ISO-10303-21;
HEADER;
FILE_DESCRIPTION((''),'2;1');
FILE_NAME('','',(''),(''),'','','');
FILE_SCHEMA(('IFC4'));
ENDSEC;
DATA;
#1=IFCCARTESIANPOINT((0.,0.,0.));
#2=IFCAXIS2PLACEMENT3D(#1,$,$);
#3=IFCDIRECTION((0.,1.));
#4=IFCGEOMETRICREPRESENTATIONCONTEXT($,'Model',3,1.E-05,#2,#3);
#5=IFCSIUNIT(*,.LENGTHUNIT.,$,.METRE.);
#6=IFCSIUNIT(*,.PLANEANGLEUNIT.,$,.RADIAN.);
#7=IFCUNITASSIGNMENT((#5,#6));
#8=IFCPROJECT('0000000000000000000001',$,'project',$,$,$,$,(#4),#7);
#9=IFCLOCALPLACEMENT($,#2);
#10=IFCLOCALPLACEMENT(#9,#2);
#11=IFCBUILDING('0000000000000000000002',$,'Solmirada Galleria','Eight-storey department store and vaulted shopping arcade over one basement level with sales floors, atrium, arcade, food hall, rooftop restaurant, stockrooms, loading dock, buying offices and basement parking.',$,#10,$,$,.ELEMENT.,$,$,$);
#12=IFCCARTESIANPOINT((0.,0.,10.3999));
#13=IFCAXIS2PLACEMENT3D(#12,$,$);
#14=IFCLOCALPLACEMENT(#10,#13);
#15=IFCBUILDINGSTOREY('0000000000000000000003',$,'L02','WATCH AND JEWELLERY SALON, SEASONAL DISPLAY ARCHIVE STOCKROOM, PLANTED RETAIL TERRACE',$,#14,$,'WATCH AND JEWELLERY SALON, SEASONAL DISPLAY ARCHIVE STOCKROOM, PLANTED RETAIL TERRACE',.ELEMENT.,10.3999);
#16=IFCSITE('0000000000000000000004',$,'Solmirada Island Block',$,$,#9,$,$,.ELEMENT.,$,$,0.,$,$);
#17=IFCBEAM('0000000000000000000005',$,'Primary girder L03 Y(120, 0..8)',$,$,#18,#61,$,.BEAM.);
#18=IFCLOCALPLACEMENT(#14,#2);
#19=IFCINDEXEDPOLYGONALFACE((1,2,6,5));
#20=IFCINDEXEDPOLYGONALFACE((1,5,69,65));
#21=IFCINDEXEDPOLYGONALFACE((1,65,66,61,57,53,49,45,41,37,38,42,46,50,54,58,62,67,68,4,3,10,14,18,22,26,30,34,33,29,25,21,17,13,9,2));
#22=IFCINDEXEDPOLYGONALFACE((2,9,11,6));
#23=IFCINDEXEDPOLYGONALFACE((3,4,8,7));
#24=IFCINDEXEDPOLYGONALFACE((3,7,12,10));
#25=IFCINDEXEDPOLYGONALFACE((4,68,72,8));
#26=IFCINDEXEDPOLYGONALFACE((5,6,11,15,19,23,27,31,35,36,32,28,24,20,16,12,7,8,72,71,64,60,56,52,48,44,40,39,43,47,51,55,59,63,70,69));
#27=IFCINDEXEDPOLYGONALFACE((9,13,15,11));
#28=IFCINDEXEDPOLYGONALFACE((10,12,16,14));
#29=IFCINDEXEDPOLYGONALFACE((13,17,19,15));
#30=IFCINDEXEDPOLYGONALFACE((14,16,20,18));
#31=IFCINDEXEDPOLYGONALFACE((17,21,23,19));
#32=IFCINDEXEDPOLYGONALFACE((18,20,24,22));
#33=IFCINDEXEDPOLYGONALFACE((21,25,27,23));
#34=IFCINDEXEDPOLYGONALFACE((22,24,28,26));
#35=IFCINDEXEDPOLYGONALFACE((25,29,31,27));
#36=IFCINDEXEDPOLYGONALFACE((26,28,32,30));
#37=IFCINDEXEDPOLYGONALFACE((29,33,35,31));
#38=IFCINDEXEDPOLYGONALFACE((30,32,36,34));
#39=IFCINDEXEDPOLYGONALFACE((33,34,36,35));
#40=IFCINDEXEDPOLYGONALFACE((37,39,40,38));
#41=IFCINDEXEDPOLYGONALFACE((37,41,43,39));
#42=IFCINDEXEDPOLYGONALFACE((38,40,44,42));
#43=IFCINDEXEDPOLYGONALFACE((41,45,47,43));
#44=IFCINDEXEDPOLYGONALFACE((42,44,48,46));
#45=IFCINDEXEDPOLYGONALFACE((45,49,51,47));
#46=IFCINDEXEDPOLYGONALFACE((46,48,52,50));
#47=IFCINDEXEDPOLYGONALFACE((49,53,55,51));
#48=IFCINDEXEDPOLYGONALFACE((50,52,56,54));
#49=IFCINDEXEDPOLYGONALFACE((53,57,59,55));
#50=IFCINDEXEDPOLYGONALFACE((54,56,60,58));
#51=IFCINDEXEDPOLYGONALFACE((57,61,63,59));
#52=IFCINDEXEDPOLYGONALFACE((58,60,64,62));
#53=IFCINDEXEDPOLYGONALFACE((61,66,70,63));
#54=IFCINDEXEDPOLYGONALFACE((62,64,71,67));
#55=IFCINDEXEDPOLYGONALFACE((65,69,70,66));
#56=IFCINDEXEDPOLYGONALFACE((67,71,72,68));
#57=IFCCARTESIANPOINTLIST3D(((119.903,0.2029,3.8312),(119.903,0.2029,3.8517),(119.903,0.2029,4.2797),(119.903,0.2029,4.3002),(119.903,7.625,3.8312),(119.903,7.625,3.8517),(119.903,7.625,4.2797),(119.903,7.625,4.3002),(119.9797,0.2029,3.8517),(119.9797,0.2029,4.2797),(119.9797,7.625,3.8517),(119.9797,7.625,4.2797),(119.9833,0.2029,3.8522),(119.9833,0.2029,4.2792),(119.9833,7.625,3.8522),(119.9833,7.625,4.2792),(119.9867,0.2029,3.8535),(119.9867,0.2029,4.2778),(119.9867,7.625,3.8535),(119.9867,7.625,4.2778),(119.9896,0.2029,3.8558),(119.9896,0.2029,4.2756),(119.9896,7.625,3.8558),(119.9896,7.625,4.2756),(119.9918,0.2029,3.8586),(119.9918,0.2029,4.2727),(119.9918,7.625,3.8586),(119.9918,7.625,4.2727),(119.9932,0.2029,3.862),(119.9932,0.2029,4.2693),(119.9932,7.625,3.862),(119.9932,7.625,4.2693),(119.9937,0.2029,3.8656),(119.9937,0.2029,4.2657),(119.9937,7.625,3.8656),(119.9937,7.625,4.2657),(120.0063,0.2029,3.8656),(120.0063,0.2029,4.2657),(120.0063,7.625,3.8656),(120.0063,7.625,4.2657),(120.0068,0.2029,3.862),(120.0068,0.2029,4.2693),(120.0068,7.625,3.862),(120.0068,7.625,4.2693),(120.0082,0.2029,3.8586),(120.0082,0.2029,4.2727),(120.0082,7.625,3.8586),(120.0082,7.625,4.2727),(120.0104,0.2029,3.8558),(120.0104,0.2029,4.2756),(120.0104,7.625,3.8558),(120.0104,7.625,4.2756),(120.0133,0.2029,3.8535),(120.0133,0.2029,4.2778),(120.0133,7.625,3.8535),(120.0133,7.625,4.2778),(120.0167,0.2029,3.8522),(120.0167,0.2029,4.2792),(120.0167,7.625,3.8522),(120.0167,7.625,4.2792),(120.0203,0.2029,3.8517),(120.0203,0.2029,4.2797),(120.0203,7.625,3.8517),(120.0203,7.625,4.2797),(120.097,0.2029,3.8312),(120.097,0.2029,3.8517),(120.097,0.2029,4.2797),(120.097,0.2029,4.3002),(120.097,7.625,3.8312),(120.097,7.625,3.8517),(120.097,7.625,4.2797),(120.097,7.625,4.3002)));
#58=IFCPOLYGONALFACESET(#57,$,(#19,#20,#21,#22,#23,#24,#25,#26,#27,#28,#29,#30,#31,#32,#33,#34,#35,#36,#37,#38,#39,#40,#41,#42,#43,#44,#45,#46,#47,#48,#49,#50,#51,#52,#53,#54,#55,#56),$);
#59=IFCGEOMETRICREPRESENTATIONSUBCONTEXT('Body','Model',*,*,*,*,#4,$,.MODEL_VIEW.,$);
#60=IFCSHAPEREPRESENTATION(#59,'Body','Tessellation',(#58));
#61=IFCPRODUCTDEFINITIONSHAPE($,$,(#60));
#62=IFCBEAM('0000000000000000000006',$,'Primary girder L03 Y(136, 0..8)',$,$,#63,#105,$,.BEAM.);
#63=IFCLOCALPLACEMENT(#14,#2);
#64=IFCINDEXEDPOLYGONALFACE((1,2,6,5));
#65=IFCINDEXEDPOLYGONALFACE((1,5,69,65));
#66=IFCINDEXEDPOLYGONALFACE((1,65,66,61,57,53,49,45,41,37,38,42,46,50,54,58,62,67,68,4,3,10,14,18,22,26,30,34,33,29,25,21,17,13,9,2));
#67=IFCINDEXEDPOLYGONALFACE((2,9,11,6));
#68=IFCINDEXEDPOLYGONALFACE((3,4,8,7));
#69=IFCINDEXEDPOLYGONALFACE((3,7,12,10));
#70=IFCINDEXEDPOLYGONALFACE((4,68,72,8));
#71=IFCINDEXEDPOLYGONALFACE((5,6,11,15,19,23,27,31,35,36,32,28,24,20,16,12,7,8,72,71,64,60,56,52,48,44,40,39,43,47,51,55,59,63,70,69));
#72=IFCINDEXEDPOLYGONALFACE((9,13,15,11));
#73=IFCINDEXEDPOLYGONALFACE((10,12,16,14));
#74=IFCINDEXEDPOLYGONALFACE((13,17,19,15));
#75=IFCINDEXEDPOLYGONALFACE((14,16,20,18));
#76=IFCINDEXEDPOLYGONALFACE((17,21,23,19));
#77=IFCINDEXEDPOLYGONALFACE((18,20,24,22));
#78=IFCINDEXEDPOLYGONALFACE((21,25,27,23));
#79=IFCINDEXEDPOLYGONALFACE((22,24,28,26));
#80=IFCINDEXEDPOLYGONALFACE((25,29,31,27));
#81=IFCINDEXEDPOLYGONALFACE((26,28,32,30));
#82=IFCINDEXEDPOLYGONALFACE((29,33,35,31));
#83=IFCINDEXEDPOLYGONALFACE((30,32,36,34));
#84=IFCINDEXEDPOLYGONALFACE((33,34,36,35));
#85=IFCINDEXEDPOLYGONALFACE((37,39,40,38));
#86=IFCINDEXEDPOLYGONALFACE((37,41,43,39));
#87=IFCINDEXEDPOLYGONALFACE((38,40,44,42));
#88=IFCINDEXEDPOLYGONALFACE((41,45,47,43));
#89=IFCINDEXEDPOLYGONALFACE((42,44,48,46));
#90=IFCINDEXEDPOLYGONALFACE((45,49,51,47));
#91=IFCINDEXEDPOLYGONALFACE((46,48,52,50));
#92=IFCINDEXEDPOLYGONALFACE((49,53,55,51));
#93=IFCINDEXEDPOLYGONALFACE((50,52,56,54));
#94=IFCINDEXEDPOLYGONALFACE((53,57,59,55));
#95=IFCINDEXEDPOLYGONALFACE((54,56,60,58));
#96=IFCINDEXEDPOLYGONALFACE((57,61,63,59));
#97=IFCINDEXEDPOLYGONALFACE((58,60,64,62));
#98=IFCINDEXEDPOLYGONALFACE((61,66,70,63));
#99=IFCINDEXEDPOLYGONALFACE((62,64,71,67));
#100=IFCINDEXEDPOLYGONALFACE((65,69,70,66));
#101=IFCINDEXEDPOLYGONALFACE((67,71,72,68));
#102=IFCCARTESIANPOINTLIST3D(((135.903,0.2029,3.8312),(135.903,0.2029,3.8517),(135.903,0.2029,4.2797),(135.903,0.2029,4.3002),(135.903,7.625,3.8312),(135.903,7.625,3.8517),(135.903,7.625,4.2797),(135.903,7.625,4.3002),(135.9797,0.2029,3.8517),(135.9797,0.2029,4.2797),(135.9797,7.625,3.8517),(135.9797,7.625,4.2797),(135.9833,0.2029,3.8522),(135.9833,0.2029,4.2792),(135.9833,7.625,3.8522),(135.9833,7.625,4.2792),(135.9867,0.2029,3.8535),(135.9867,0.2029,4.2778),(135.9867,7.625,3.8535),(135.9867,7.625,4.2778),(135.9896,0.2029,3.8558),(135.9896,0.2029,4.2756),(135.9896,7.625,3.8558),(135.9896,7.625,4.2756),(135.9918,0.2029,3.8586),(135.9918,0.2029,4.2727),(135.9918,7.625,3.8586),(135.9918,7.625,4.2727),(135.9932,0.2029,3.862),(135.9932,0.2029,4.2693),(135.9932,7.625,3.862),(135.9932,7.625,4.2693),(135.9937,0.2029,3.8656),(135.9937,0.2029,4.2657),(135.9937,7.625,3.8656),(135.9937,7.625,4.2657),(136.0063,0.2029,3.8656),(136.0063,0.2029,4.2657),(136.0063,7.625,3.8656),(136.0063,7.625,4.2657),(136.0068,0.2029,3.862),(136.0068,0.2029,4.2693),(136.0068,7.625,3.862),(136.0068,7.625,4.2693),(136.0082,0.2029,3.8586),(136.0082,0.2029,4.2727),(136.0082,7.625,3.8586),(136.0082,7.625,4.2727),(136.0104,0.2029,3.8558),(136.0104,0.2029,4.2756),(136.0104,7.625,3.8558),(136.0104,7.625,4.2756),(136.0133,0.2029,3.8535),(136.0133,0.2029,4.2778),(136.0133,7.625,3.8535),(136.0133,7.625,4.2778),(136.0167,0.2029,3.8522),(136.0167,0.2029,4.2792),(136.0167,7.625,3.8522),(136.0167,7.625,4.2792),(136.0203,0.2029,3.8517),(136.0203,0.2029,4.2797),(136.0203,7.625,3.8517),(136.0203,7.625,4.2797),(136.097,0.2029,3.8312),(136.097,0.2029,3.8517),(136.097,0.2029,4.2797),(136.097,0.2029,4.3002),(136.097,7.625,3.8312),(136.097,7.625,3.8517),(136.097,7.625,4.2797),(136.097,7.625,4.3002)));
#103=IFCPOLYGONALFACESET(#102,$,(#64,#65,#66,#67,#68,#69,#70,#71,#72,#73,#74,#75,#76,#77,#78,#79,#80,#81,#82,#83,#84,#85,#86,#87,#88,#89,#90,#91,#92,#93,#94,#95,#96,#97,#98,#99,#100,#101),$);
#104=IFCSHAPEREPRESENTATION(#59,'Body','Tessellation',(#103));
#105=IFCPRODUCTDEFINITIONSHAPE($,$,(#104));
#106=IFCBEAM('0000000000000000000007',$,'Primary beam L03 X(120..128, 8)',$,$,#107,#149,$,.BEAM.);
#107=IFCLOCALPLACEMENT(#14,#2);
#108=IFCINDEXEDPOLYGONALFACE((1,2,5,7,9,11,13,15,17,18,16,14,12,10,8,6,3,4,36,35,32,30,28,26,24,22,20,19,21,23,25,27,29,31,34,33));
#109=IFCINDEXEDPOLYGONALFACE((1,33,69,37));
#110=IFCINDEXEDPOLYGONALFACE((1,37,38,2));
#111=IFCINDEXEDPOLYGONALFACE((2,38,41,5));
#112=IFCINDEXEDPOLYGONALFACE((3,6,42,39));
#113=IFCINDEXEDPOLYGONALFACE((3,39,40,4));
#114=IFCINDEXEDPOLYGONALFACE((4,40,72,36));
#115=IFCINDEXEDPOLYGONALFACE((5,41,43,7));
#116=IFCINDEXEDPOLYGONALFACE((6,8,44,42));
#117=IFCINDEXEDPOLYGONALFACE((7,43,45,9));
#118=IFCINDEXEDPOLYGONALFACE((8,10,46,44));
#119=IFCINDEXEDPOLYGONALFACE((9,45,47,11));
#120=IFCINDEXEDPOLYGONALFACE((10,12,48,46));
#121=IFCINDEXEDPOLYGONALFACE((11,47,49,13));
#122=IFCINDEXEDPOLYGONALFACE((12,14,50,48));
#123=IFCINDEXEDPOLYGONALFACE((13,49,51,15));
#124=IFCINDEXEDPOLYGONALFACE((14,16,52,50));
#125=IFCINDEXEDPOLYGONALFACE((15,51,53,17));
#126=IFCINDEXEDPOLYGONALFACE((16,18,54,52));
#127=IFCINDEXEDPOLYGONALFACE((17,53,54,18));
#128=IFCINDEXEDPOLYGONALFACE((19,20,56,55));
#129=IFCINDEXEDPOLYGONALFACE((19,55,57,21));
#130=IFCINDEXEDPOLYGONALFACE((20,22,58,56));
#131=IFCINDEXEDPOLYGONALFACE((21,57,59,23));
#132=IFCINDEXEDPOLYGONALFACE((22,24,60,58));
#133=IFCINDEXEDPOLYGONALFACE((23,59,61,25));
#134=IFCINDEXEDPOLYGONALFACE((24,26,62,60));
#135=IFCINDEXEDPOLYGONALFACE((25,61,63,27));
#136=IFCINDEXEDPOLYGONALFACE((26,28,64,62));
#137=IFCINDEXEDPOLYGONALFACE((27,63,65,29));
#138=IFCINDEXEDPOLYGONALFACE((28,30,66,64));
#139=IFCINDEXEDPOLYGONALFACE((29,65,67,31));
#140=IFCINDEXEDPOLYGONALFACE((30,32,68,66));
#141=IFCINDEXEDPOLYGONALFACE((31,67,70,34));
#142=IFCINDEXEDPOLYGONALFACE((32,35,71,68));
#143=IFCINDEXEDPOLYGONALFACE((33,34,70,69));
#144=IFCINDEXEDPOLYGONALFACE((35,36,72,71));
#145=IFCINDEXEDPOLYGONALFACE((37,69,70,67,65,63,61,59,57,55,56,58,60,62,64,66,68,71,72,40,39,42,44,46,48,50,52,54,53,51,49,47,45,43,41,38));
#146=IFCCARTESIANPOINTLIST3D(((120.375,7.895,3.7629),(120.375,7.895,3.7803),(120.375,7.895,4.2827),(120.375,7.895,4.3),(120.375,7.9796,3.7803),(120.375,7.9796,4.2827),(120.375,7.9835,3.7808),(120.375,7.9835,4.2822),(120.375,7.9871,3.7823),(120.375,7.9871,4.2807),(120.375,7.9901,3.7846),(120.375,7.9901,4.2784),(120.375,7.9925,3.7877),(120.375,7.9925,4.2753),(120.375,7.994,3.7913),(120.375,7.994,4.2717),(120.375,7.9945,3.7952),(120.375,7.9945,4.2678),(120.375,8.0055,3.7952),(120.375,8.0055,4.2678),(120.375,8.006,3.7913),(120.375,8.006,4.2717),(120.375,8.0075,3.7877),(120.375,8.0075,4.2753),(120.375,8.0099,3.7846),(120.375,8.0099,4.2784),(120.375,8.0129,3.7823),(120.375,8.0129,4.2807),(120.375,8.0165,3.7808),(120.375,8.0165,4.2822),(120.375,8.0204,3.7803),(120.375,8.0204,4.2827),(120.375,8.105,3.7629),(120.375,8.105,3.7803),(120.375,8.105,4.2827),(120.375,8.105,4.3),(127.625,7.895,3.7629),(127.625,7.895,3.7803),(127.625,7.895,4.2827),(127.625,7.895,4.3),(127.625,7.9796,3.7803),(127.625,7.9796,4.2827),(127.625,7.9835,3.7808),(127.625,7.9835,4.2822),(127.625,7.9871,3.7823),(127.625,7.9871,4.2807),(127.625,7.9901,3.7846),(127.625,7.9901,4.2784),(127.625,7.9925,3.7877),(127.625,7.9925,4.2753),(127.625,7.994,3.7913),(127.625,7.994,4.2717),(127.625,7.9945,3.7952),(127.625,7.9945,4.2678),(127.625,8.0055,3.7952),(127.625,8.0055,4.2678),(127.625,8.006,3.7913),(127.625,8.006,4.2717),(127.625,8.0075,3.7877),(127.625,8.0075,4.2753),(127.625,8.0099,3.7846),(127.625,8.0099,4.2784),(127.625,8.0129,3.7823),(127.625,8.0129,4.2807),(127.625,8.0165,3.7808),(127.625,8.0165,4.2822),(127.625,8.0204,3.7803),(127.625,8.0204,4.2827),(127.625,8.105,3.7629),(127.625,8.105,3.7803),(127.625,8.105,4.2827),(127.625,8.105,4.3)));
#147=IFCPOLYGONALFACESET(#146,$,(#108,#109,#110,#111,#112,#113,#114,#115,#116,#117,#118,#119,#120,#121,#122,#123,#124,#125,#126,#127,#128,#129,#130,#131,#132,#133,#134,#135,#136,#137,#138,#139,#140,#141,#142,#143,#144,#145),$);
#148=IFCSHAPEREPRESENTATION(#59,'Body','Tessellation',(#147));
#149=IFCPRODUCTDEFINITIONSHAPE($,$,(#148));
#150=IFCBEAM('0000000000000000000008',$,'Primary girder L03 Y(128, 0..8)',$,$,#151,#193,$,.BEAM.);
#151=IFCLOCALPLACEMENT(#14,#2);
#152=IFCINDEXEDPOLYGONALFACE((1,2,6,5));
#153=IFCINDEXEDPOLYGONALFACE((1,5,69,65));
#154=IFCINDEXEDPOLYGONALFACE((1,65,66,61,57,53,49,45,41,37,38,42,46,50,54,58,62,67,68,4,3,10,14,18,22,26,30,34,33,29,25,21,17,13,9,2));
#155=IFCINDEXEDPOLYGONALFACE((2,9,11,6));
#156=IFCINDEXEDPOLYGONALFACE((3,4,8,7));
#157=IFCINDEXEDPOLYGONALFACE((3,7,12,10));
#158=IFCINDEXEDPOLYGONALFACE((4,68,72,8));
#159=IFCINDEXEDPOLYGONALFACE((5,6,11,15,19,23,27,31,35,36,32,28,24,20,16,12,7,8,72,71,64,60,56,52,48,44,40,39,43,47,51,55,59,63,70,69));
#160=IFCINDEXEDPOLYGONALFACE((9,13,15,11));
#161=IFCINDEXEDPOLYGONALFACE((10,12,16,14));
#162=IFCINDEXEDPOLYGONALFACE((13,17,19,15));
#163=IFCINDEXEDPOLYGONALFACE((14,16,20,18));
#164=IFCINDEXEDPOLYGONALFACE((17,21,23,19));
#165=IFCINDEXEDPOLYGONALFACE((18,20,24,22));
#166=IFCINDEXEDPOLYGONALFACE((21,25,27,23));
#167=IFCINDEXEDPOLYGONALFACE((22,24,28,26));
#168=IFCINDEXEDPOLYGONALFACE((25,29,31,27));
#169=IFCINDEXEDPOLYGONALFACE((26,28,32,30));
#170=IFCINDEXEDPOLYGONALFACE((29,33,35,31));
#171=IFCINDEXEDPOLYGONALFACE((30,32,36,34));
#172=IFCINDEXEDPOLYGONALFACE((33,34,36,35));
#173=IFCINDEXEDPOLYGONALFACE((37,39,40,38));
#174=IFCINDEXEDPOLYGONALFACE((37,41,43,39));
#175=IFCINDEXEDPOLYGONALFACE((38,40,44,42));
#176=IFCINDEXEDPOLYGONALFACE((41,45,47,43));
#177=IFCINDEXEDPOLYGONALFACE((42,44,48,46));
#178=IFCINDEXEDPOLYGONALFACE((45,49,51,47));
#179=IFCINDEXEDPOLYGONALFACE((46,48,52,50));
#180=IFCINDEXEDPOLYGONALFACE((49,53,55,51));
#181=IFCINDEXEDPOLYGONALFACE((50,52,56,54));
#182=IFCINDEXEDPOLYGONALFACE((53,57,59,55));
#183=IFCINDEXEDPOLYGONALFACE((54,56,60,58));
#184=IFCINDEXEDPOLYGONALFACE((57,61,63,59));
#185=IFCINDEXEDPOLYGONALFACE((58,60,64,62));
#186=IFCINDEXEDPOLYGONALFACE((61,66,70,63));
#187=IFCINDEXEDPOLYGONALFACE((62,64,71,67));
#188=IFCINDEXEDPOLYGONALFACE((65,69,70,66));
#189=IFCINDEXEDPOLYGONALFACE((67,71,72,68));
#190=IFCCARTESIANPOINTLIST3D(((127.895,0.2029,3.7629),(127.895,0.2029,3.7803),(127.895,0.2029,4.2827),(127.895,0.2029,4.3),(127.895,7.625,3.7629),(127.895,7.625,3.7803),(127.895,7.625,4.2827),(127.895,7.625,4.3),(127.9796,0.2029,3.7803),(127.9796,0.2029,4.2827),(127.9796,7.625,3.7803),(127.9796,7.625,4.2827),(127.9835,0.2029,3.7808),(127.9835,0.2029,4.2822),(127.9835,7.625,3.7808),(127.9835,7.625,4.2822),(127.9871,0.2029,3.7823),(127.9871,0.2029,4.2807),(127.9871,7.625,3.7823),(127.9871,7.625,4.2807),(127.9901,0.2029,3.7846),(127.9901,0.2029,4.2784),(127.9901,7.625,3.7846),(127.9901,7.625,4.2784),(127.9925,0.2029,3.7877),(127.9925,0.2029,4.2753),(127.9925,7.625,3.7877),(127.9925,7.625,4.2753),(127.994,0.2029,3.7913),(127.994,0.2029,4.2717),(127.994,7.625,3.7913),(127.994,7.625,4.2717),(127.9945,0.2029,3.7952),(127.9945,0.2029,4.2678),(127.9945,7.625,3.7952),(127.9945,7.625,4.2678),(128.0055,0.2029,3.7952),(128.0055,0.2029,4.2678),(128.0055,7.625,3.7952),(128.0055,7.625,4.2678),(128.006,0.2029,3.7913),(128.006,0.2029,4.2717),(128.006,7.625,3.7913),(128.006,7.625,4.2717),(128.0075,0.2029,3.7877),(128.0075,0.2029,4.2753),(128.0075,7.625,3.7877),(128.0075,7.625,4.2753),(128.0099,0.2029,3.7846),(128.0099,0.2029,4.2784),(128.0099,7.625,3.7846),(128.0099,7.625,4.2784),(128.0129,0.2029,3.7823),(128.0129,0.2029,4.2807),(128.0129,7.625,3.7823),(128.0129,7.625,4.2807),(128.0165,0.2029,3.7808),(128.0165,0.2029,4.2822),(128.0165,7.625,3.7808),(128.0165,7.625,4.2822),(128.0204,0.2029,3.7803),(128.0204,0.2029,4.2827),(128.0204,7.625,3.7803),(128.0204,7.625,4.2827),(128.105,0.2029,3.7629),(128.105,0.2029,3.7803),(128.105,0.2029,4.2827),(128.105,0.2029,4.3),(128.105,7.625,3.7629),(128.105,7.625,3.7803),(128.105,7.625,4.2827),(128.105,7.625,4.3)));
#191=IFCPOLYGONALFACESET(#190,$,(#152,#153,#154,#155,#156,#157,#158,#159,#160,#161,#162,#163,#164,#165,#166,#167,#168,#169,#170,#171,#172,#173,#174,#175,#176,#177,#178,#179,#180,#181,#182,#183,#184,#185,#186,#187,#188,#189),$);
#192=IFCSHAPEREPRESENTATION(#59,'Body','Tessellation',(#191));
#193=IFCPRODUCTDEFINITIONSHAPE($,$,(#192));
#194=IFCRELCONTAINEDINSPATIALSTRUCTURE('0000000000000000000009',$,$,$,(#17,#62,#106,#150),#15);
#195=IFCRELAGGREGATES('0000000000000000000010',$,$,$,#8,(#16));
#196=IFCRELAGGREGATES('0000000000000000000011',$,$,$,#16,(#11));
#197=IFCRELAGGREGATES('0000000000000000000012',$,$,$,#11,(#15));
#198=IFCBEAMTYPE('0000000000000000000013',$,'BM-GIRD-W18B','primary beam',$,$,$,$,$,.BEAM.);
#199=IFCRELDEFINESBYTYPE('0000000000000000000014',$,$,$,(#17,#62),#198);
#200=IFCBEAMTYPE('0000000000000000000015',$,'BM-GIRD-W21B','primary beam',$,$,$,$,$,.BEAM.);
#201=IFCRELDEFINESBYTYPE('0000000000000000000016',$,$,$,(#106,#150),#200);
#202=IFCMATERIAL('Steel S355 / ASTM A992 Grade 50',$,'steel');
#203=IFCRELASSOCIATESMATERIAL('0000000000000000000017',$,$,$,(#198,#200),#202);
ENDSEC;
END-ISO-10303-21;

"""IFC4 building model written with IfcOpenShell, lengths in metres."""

from ifc_helpers import new_model, si_unit, direction, frame, origin, origin_2d, place, context, subcontext, project, spatial, i_section, extrude, material, material_profile, profile_set, type_object, element, save


model = new_model("IFC4")

# Units and contexts
model_context = context("Model", 3, precision=1e-05, world=origin(), true_north=direction((0.0, 1.0)))
body_context = subcontext(model_context, "Body", "Model", "MODEL_VIEW")
ifc_project = project(units=[si_unit("LENGTHUNIT", "METRE"), si_unit("PLANEANGLEUNIT", "RADIAN")], contexts=[model_context])

# Site, building, storey
site_placement = place(None, origin())
site = spatial("IfcSite", under=ifc_project, at=site_placement, Name="Solmirada Island Block", CompositionType="ELEMENT", RefElevation=0.0)
building_placement = place(site_placement, origin())
building = spatial("IfcBuilding", under=site, at=building_placement, Name="Solmirada Galleria", Description="Eight-storey department store and vaulted shopping arcade over one basement level with sales floors, atrium, arcade, food hall, rooftop restaurant, stockrooms, loading dock, buying offices and basement parking.", CompositionType="ELEMENT")
storey_placement = place(building_placement, frame((0.0, 0.0, 10.3999)))
storey = spatial("IfcBuildingStorey", under=building, at=storey_placement, Name="L02", Description="WATCH AND JEWELLERY SALON, SEASONAL DISPLAY ARCHIVE STOCKROOM, PLANTED RETAIL TERRACE", LongName="WATCH AND JEWELLERY SALON, SEASONAL DISPLAY ARCHIVE STOCKROOM, PLANTED RETAIL TERRACE", CompositionType="ELEMENT", Elevation=10.3999)

# Beams
ifc_material_1 = material(Name="Steel S355 / ASTM A992 Grade 50", Category="steel")
ifc_material_profile_1 = material_profile(ifc_material_1, i_section(OverallWidth=0.1941, OverallDepth=0.469, WebThickness=0.0127, FlangeThickness=0.0205, FilletRadius=0.0139, at=origin_2d()), Name="W18X71")
ifc_profile_set_1 = profile_set([ifc_material_profile_1], Name="Steel S355 / ASTM A992 Grade 50")
beam_type_1 = type_object("IfcBeamType", Name="BM-GIRD-W18B", Description="primary beam", PredefinedType="BEAM", material=ifc_profile_set_1)
for number, where, z_axis, x_axis, name in (
    (1, (120.0, 0.2029, 4.0657), (0.0, 1.0, 0.0), (-1.0, 0.0, 0.0), "Primary girder L03 Y(120, 0..8)"),
    (2, (136.0, 0.2029, 4.0657), (0.0, 1.0, 0.0), (-1.0, 0.0, 0.0), "Primary girder L03 Y(136, 0..8)"),
):
    element("IfcBeam", number, at=place(storey_placement, frame(where, z_axis=z_axis, x_axis=x_axis)), inside=storey, type_object=beam_type_1, Name=name, PredefinedType="BEAM", context=body_context, shape_type="SweptSolid", body=[
        extrude(i_section(OverallWidth=0.1941, OverallDepth=0.469, WebThickness=0.0127, FlangeThickness=0.0205, FilletRadius=0.0139, at=origin_2d()), origin(), (0.0, 0.0, 1.0), 7.4221),
    ])
ifc_material_profile_2 = material_profile(ifc_material_1, i_section(OverallWidth=0.21, OverallDepth=0.5371, WebThickness=0.011, FlangeThickness=0.0173, FilletRadius=0.0149, at=origin_2d()), Name="W21X68")
ifc_profile_set_2 = profile_set([ifc_material_profile_2], Name="Steel S355 / ASTM A992 Grade 50")
beam_type_2 = type_object("IfcBeamType", Name="BM-GIRD-W21B", Description="primary beam", PredefinedType="BEAM", material=ifc_profile_set_2)
beam_1_placement = place(storey_placement, frame((120.375, 8.0, 4.0315), z_axis=(1.0, 0.0, 0.0), x_axis=(0.0, 1.0, 0.0)))
element("IfcBeam", 3, at=beam_1_placement, inside=storey, type_object=beam_type_2, Name="Primary beam L03 X(120..128, 8)", PredefinedType="BEAM", context=body_context, shape_type="SweptSolid", body=[
    extrude(i_section(OverallWidth=0.21, OverallDepth=0.5371, WebThickness=0.011, FlangeThickness=0.0173, FilletRadius=0.0149, at=origin_2d()), origin(), (0.0, 0.0, 1.0), 7.25),
])
beam_2_placement = place(storey_placement, frame((128.0, 0.2029, 4.0315), z_axis=(0.0, 1.0, 0.0), x_axis=(-1.0, 0.0, 0.0)))
element("IfcBeam", 4, at=beam_2_placement, inside=storey, type_object=beam_type_2, Name="Primary girder L03 Y(128, 0..8)", PredefinedType="BEAM", context=body_context, shape_type="SweptSolid", body=[
    extrude(i_section(OverallWidth=0.21, OverallDepth=0.5371, WebThickness=0.011, FlangeThickness=0.0173, FilletRadius=0.0149, at=origin_2d()), origin(), (0.0, 0.0, 1.0), 7.4221),
])

save(model, "model.ifc")
